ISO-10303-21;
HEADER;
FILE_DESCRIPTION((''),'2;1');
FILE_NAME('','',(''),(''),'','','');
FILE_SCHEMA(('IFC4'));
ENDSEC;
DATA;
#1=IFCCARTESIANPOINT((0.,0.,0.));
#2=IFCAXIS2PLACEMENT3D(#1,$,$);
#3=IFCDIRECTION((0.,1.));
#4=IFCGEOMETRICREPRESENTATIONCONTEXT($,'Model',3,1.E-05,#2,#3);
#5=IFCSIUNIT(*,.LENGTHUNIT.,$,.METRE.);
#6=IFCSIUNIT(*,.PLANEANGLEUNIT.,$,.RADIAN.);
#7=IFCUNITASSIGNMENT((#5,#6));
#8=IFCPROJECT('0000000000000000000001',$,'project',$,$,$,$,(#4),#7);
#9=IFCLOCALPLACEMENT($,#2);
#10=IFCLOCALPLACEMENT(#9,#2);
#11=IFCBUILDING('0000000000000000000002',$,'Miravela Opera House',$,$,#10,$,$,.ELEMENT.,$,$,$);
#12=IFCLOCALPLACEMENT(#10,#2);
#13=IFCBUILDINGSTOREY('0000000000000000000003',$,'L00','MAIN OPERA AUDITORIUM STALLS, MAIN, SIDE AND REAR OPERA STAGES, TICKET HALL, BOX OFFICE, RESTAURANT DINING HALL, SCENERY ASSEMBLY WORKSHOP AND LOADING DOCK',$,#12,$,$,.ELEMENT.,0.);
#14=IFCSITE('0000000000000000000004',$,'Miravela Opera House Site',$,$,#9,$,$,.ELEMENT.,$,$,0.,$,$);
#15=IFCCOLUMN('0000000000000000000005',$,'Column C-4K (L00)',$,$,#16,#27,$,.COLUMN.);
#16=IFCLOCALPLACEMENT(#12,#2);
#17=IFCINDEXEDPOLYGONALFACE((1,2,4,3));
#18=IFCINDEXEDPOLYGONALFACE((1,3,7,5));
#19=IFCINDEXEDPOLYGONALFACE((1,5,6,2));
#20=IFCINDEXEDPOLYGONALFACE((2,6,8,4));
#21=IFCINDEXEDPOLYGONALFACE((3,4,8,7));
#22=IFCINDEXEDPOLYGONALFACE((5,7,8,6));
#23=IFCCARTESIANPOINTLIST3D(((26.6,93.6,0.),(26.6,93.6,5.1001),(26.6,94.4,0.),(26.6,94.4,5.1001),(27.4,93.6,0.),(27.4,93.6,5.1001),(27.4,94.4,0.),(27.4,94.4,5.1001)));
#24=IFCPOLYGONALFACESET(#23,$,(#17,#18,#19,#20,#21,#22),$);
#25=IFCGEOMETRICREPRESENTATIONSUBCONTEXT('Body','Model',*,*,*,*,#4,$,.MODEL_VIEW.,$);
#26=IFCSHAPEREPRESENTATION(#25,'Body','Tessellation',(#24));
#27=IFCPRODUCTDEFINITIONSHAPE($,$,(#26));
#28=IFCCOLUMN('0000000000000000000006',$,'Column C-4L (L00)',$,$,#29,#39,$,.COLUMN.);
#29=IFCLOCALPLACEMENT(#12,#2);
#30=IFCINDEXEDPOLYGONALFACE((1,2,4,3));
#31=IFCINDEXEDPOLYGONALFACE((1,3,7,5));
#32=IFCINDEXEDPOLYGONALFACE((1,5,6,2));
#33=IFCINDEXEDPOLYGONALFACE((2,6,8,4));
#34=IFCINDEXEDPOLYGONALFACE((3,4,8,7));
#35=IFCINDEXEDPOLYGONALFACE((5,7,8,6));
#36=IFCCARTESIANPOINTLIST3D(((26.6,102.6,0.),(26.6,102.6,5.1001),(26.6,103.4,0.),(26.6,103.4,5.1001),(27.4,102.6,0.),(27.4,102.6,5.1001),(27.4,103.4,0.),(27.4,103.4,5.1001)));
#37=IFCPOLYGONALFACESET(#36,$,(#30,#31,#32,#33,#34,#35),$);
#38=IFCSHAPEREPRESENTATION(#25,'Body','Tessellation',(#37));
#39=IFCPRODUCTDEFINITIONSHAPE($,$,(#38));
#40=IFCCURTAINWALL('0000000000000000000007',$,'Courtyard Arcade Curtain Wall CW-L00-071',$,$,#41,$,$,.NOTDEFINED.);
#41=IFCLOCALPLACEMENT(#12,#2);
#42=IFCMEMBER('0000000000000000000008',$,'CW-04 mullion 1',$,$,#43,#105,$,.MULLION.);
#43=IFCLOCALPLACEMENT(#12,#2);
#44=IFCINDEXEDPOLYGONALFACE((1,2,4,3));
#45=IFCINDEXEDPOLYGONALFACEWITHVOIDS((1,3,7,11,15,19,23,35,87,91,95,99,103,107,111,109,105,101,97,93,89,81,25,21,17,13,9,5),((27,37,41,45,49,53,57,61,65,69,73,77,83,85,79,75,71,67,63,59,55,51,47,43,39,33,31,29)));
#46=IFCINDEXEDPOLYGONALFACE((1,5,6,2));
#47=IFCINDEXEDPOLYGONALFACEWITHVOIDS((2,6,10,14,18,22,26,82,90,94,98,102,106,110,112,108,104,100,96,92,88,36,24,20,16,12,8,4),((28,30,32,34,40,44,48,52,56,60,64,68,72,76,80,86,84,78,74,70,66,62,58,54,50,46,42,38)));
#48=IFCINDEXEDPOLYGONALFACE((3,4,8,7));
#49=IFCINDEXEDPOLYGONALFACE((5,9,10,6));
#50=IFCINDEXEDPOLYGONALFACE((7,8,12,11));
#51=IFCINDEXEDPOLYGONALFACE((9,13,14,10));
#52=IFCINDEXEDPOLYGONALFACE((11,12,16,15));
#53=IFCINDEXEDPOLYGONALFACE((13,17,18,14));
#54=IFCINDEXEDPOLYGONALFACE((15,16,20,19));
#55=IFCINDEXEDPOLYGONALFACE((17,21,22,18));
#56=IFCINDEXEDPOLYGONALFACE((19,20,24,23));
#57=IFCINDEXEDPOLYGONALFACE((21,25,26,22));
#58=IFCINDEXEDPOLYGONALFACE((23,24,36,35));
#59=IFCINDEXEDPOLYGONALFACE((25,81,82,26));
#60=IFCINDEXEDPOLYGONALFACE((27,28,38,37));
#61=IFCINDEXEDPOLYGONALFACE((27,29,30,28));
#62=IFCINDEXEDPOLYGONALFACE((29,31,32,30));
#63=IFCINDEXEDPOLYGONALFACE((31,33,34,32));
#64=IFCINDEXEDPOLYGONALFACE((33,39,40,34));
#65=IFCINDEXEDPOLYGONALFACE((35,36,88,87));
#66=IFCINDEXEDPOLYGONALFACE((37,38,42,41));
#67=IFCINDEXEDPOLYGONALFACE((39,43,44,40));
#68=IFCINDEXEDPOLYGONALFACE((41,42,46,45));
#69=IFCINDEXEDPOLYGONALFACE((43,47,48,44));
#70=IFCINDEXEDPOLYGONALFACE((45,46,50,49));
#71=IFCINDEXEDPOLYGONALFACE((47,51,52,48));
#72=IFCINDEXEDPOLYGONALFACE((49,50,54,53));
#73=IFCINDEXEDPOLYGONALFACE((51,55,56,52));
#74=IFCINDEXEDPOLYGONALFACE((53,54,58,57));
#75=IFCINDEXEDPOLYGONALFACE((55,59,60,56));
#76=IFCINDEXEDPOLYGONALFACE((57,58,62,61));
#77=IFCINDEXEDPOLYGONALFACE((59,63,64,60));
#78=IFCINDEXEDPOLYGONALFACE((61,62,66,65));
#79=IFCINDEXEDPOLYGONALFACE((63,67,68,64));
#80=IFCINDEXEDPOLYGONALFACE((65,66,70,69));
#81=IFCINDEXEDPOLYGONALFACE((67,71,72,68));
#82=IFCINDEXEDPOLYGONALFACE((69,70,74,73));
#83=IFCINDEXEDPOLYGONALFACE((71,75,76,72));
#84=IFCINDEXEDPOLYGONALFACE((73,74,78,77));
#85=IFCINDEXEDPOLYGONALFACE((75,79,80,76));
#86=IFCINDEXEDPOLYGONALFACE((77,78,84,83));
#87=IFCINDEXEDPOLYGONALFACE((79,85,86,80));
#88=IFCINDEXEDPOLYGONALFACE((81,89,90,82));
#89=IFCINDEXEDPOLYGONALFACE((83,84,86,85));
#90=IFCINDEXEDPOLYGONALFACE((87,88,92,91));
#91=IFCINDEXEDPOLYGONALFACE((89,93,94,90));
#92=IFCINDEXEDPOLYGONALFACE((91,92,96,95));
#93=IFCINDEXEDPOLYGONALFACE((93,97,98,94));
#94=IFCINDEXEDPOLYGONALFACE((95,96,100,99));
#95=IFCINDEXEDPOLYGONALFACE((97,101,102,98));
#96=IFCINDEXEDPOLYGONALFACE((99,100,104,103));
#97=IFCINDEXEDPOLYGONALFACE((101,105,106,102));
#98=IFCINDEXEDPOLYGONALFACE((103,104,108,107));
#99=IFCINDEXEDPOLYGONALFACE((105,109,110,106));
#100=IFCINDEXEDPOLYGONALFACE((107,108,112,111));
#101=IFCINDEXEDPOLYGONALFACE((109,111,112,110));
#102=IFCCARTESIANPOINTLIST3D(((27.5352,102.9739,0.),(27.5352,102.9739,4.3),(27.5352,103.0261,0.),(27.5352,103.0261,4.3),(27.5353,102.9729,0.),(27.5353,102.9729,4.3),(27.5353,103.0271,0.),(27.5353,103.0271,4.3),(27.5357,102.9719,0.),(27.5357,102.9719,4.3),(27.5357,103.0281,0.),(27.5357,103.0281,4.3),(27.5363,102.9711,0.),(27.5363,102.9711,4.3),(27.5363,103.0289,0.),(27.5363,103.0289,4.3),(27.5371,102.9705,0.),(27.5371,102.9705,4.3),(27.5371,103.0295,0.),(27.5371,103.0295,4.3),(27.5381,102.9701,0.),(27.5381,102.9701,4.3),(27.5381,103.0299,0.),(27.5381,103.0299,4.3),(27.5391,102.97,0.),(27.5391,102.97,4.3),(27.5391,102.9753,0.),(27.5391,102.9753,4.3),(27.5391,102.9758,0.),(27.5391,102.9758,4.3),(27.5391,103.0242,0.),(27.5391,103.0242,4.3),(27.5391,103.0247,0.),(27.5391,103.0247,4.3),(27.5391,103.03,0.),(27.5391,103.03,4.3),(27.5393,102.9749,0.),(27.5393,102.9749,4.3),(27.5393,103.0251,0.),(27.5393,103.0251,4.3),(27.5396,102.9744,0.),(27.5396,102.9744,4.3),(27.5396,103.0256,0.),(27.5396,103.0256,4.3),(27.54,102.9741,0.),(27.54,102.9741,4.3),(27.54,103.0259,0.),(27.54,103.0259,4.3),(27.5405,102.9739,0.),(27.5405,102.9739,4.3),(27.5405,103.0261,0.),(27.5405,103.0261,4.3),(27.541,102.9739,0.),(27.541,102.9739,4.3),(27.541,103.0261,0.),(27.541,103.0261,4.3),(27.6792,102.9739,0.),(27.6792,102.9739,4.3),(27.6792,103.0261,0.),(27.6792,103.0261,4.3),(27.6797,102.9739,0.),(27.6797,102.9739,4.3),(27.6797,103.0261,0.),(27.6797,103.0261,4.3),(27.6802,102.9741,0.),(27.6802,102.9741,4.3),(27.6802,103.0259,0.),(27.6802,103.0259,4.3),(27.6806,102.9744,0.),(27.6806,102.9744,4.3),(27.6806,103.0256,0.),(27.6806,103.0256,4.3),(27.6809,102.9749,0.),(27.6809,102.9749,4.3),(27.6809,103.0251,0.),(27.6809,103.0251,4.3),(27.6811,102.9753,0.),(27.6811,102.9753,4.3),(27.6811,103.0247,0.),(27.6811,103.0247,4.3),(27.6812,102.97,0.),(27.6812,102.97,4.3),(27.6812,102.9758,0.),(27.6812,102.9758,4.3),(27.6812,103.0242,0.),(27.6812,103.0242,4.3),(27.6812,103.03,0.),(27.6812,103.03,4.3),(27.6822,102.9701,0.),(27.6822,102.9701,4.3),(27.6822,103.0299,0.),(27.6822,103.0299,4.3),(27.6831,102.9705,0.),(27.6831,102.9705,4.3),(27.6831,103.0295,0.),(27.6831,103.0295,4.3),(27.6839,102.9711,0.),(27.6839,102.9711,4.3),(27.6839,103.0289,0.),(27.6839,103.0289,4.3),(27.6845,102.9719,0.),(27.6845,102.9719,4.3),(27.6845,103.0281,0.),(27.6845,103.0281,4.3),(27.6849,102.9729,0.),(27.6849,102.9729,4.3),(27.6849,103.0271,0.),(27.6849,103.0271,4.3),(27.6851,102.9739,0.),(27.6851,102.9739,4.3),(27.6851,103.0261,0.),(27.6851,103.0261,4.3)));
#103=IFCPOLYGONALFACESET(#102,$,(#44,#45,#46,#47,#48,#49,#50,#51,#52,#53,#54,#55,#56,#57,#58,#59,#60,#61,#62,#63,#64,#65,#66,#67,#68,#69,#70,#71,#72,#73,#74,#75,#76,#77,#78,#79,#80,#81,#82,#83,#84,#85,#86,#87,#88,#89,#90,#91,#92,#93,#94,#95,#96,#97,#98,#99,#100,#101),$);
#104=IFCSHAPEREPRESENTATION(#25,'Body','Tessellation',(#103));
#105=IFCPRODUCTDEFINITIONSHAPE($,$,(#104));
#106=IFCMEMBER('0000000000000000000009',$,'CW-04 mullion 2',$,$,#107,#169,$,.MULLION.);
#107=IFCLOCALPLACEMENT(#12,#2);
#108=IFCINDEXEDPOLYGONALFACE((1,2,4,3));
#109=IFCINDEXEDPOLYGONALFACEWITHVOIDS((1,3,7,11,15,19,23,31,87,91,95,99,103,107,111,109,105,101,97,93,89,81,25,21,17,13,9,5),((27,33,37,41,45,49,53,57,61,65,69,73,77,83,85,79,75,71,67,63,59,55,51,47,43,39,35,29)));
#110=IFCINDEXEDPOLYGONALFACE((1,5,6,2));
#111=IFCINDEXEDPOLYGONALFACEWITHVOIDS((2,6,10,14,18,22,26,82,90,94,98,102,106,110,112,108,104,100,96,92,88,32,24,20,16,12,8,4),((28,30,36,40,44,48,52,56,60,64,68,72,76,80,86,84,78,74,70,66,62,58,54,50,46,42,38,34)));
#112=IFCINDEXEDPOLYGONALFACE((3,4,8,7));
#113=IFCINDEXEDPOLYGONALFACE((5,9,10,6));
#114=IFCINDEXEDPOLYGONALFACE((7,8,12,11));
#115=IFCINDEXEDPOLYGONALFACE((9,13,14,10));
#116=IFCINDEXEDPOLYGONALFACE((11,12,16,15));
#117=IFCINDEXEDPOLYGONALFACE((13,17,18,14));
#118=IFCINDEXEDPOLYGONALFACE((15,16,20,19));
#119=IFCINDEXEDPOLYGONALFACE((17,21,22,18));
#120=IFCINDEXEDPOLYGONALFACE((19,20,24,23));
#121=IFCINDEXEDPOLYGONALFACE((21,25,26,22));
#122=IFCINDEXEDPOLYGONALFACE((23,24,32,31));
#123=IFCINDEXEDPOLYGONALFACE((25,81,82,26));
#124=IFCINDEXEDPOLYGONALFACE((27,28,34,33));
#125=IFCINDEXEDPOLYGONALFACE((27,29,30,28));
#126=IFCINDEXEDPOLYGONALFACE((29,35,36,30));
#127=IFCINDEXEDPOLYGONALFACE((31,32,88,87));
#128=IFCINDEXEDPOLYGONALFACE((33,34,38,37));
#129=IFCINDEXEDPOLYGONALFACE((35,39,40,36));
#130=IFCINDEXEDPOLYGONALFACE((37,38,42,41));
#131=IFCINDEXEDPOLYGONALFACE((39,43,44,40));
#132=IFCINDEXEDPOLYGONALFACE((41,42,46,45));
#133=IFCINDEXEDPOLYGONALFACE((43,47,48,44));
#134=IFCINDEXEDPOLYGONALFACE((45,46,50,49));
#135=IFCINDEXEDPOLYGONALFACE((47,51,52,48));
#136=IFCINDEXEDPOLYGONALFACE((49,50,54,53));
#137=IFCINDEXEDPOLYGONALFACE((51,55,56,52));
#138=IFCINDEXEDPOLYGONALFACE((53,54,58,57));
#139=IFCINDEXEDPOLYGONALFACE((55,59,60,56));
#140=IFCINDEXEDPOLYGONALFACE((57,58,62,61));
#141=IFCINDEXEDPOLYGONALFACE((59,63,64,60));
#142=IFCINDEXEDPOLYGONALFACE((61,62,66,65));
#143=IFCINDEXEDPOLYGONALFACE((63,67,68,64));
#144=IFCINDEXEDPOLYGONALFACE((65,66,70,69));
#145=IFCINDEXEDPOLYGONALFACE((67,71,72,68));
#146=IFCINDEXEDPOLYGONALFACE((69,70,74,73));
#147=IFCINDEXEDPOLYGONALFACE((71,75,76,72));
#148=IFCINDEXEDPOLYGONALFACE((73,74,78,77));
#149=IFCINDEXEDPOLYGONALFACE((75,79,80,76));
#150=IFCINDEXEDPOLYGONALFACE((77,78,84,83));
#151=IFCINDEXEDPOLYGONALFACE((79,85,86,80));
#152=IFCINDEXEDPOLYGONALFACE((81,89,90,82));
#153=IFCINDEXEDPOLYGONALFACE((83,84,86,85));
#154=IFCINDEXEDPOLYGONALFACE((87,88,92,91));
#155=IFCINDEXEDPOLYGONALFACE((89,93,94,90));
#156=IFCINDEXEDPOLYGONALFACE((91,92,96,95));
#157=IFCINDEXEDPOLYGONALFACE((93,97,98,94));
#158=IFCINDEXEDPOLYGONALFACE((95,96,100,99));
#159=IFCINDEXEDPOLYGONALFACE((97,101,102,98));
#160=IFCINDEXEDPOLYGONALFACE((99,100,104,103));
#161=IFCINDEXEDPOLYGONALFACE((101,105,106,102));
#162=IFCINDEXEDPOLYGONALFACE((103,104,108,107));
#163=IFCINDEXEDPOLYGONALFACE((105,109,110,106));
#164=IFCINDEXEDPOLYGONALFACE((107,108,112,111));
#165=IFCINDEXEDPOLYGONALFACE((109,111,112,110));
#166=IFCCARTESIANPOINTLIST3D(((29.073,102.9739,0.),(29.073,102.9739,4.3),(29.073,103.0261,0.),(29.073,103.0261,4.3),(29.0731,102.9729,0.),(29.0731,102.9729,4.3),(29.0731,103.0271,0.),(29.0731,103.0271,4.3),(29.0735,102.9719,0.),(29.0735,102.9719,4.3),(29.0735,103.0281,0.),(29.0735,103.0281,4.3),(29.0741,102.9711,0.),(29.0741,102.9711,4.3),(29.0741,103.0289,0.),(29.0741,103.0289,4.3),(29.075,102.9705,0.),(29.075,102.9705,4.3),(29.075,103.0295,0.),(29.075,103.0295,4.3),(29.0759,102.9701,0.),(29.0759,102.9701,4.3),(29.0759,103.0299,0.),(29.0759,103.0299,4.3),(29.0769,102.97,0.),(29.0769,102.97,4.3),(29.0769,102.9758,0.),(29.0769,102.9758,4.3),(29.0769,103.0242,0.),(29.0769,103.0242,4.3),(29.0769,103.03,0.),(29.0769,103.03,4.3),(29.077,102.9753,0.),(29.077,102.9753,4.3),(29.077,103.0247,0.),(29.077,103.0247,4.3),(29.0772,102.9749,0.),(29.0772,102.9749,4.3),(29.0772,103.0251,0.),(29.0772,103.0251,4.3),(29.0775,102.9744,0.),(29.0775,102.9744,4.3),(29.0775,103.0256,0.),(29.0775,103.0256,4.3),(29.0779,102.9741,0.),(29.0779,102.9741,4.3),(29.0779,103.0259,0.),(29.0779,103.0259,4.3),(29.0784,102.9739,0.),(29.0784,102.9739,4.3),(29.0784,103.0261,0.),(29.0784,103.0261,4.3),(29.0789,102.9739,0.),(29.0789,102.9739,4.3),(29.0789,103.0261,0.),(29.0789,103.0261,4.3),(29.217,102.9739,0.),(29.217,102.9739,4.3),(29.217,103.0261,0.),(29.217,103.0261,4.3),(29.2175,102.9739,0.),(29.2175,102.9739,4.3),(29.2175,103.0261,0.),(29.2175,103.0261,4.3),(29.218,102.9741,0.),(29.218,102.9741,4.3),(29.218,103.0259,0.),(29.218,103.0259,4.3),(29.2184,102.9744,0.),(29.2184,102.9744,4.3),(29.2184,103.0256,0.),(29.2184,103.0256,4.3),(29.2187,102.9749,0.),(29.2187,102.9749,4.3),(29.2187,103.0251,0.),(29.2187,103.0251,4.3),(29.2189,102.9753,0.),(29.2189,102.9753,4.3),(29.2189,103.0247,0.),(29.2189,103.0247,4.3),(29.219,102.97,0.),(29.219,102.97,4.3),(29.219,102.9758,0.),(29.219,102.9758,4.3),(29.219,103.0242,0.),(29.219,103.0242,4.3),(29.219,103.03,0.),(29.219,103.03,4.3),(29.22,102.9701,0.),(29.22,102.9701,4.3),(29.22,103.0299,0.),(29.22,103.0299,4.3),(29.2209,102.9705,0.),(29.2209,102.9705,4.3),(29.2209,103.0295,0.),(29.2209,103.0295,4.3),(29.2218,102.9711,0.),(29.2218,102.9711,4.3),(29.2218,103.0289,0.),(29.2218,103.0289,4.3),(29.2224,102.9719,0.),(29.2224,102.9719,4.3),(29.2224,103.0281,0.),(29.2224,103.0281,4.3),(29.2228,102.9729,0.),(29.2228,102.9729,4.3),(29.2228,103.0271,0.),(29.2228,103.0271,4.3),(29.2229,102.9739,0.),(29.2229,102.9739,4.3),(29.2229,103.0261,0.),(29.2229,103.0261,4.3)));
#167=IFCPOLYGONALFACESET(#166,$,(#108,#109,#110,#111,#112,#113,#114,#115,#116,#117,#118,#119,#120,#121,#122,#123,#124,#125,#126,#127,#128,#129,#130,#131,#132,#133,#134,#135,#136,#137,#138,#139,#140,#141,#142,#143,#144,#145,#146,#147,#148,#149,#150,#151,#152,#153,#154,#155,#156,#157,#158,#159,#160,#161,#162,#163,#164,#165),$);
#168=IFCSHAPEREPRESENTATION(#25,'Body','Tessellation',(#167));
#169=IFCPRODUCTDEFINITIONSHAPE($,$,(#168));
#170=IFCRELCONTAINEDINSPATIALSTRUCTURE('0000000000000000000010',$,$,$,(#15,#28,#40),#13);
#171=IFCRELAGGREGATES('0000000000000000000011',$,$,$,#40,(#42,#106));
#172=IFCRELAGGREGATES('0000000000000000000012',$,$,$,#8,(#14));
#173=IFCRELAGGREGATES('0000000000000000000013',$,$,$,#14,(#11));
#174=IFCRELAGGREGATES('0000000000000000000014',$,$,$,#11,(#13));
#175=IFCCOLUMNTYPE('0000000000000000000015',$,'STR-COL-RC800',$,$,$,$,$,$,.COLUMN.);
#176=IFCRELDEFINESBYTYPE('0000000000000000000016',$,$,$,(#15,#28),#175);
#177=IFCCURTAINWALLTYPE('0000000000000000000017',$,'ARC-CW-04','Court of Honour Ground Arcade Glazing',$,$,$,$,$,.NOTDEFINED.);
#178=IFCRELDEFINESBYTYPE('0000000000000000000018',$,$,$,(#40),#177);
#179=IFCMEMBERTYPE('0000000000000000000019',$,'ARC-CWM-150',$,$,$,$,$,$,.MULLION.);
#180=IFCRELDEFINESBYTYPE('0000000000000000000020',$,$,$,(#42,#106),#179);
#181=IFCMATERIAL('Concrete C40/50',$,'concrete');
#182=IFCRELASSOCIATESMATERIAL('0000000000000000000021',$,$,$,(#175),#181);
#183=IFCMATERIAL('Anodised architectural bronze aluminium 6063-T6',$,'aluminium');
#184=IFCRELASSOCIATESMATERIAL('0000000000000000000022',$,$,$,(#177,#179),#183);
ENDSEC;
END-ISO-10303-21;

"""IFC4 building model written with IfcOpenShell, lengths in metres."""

from ifc_helpers import new_model, si_unit, direction, frame, origin, origin_2d, place, context, subcontext, project, spatial, rectangle, hollow_rectangle, extrude, material, material_profile, profile_set, type_object, element, aggregate, save


model = new_model("IFC4")

# Units and contexts
model_context = context("Model", 3, precision=1e-05, world=origin(), true_north=direction((0.0, 1.0)))
body_context = subcontext(model_context, "Body", "Model", "MODEL_VIEW")
ifc_project = project(units=[si_unit("LENGTHUNIT", "METRE"), si_unit("PLANEANGLEUNIT", "RADIAN")], contexts=[model_context])

# Site, building, storey
site_placement = place(None, origin())
site = spatial("IfcSite", under=ifc_project, at=site_placement, Name="Miravela Opera House Site", CompositionType="ELEMENT", RefElevation=0.0)
building_placement = place(site_placement, origin())
building = spatial("IfcBuilding", under=site, at=building_placement, Name="Miravela Opera House", CompositionType="ELEMENT")
storey_placement = place(building_placement, origin())
storey = spatial("IfcBuildingStorey", under=building, at=storey_placement, Name="L00", Description="MAIN OPERA AUDITORIUM STALLS, MAIN, SIDE AND REAR OPERA STAGES, TICKET HALL, BOX OFFICE, RESTAURANT DINING HALL, SCENERY ASSEMBLY WORKSHOP AND LOADING DOCK", CompositionType="ELEMENT", Elevation=0.0)

# Columns
ifc_material_1 = material(Name="Concrete C40/50", Category="concrete")
ifc_material_profile_1 = material_profile(ifc_material_1, rectangle(XDim=0.8, YDim=0.8, at=origin_2d()), Name="RC-COL-800X800")
ifc_profile_set_1 = profile_set([ifc_material_profile_1])
column_type = type_object("IfcColumnType", Name="STR-COL-RC800", PredefinedType="COLUMN", material=ifc_profile_set_1)
for number, where, z_axis, x_axis, name in (
    (1, (27.0, 94.0, 0.0), (0.0, 0.0, 1.0), (1.0, 0.0, 0.0), "Column C-4K (L00)"),
    (2, (27.0, 103.0, 0.0), (0.0, 0.0, 1.0), (1.0, 0.0, 0.0), "Column C-4L (L00)"),
):
    element("IfcColumn", number, at=place(storey_placement, frame(where, z_axis=z_axis, x_axis=x_axis)), inside=storey, type_object=column_type, Name=name, PredefinedType="COLUMN", context=body_context, shape_type="SweptSolid", body=[
        extrude(rectangle(XDim=0.8, YDim=0.8, at=origin_2d()), origin(), (0.0, 0.0, 1.0), 5.1001),
    ])

# Curtain wall, members
ifc_material_2 = material(Name="Anodised architectural bronze aluminium 6063-T6", Category="aluminium")
curtain_wall_type = type_object("IfcCurtainWallType", Name="ARC-CW-04", Description="Court of Honour Ground Arcade Glazing", PredefinedType="NOTDEFINED", material=ifc_material_2)
curtain_wall_1_placement = place(storey_placement, origin())
curtain_wall_1 = element("IfcCurtainWall", 3, at=curtain_wall_1_placement, inside=storey, type_object=curtain_wall_type, Name="Courtyard Arcade Curtain Wall CW-L00-071", PredefinedType="NOTDEFINED")
ifc_material_profile_2 = material_profile(ifc_material_2, hollow_rectangle(XDim=0.0601, YDim=0.1499, WallThickness=0.0039, InnerFilletRadius=0.002, OuterFilletRadius=0.0039, at=origin_2d()), Name="CWM-60X150")
ifc_profile_set_2 = profile_set([ifc_material_profile_2])
member_type_1 = type_object("IfcMemberType", Name="ARC-CWM-150", PredefinedType="MULLION", material=ifc_profile_set_2)
member_1_placement = place(storey_placement, frame((27.6101, 103.0, 0.0), z_axis=(0.0, 0.0, 1.0), x_axis=(0.0, 1.0, 0.0)))
member_1 = element("IfcMember", 4, at=member_1_placement, type_object=member_type_1, Name="CW-04 mullion 1", PredefinedType="MULLION", context=body_context, shape_type="SweptSolid", body=[
    extrude(hollow_rectangle(XDim=0.0601, YDim=0.1499, WallThickness=0.0039, InnerFilletRadius=0.002, OuterFilletRadius=0.0039, at=origin_2d()), origin(), (0.0, 0.0, 1.0), 4.3),
])
member_2_placement = place(storey_placement, frame((29.1479, 103.0, 0.0), z_axis=(0.0, 0.0, 1.0), x_axis=(0.0, 1.0, 0.0)))
member_2 = element("IfcMember", 5, at=member_2_placement, type_object=member_type_1, Name="CW-04 mullion 2", PredefinedType="MULLION", context=body_context, shape_type="SweptSolid", body=[
    extrude(hollow_rectangle(XDim=0.0601, YDim=0.1499, WallThickness=0.0039, InnerFilletRadius=0.002, OuterFilletRadius=0.0039, at=origin_2d()), origin(), (0.0, 0.0, 1.0), 4.3),
])

aggregate(curtain_wall_1, [member_1, member_2])

save(model, "model.ifc")
